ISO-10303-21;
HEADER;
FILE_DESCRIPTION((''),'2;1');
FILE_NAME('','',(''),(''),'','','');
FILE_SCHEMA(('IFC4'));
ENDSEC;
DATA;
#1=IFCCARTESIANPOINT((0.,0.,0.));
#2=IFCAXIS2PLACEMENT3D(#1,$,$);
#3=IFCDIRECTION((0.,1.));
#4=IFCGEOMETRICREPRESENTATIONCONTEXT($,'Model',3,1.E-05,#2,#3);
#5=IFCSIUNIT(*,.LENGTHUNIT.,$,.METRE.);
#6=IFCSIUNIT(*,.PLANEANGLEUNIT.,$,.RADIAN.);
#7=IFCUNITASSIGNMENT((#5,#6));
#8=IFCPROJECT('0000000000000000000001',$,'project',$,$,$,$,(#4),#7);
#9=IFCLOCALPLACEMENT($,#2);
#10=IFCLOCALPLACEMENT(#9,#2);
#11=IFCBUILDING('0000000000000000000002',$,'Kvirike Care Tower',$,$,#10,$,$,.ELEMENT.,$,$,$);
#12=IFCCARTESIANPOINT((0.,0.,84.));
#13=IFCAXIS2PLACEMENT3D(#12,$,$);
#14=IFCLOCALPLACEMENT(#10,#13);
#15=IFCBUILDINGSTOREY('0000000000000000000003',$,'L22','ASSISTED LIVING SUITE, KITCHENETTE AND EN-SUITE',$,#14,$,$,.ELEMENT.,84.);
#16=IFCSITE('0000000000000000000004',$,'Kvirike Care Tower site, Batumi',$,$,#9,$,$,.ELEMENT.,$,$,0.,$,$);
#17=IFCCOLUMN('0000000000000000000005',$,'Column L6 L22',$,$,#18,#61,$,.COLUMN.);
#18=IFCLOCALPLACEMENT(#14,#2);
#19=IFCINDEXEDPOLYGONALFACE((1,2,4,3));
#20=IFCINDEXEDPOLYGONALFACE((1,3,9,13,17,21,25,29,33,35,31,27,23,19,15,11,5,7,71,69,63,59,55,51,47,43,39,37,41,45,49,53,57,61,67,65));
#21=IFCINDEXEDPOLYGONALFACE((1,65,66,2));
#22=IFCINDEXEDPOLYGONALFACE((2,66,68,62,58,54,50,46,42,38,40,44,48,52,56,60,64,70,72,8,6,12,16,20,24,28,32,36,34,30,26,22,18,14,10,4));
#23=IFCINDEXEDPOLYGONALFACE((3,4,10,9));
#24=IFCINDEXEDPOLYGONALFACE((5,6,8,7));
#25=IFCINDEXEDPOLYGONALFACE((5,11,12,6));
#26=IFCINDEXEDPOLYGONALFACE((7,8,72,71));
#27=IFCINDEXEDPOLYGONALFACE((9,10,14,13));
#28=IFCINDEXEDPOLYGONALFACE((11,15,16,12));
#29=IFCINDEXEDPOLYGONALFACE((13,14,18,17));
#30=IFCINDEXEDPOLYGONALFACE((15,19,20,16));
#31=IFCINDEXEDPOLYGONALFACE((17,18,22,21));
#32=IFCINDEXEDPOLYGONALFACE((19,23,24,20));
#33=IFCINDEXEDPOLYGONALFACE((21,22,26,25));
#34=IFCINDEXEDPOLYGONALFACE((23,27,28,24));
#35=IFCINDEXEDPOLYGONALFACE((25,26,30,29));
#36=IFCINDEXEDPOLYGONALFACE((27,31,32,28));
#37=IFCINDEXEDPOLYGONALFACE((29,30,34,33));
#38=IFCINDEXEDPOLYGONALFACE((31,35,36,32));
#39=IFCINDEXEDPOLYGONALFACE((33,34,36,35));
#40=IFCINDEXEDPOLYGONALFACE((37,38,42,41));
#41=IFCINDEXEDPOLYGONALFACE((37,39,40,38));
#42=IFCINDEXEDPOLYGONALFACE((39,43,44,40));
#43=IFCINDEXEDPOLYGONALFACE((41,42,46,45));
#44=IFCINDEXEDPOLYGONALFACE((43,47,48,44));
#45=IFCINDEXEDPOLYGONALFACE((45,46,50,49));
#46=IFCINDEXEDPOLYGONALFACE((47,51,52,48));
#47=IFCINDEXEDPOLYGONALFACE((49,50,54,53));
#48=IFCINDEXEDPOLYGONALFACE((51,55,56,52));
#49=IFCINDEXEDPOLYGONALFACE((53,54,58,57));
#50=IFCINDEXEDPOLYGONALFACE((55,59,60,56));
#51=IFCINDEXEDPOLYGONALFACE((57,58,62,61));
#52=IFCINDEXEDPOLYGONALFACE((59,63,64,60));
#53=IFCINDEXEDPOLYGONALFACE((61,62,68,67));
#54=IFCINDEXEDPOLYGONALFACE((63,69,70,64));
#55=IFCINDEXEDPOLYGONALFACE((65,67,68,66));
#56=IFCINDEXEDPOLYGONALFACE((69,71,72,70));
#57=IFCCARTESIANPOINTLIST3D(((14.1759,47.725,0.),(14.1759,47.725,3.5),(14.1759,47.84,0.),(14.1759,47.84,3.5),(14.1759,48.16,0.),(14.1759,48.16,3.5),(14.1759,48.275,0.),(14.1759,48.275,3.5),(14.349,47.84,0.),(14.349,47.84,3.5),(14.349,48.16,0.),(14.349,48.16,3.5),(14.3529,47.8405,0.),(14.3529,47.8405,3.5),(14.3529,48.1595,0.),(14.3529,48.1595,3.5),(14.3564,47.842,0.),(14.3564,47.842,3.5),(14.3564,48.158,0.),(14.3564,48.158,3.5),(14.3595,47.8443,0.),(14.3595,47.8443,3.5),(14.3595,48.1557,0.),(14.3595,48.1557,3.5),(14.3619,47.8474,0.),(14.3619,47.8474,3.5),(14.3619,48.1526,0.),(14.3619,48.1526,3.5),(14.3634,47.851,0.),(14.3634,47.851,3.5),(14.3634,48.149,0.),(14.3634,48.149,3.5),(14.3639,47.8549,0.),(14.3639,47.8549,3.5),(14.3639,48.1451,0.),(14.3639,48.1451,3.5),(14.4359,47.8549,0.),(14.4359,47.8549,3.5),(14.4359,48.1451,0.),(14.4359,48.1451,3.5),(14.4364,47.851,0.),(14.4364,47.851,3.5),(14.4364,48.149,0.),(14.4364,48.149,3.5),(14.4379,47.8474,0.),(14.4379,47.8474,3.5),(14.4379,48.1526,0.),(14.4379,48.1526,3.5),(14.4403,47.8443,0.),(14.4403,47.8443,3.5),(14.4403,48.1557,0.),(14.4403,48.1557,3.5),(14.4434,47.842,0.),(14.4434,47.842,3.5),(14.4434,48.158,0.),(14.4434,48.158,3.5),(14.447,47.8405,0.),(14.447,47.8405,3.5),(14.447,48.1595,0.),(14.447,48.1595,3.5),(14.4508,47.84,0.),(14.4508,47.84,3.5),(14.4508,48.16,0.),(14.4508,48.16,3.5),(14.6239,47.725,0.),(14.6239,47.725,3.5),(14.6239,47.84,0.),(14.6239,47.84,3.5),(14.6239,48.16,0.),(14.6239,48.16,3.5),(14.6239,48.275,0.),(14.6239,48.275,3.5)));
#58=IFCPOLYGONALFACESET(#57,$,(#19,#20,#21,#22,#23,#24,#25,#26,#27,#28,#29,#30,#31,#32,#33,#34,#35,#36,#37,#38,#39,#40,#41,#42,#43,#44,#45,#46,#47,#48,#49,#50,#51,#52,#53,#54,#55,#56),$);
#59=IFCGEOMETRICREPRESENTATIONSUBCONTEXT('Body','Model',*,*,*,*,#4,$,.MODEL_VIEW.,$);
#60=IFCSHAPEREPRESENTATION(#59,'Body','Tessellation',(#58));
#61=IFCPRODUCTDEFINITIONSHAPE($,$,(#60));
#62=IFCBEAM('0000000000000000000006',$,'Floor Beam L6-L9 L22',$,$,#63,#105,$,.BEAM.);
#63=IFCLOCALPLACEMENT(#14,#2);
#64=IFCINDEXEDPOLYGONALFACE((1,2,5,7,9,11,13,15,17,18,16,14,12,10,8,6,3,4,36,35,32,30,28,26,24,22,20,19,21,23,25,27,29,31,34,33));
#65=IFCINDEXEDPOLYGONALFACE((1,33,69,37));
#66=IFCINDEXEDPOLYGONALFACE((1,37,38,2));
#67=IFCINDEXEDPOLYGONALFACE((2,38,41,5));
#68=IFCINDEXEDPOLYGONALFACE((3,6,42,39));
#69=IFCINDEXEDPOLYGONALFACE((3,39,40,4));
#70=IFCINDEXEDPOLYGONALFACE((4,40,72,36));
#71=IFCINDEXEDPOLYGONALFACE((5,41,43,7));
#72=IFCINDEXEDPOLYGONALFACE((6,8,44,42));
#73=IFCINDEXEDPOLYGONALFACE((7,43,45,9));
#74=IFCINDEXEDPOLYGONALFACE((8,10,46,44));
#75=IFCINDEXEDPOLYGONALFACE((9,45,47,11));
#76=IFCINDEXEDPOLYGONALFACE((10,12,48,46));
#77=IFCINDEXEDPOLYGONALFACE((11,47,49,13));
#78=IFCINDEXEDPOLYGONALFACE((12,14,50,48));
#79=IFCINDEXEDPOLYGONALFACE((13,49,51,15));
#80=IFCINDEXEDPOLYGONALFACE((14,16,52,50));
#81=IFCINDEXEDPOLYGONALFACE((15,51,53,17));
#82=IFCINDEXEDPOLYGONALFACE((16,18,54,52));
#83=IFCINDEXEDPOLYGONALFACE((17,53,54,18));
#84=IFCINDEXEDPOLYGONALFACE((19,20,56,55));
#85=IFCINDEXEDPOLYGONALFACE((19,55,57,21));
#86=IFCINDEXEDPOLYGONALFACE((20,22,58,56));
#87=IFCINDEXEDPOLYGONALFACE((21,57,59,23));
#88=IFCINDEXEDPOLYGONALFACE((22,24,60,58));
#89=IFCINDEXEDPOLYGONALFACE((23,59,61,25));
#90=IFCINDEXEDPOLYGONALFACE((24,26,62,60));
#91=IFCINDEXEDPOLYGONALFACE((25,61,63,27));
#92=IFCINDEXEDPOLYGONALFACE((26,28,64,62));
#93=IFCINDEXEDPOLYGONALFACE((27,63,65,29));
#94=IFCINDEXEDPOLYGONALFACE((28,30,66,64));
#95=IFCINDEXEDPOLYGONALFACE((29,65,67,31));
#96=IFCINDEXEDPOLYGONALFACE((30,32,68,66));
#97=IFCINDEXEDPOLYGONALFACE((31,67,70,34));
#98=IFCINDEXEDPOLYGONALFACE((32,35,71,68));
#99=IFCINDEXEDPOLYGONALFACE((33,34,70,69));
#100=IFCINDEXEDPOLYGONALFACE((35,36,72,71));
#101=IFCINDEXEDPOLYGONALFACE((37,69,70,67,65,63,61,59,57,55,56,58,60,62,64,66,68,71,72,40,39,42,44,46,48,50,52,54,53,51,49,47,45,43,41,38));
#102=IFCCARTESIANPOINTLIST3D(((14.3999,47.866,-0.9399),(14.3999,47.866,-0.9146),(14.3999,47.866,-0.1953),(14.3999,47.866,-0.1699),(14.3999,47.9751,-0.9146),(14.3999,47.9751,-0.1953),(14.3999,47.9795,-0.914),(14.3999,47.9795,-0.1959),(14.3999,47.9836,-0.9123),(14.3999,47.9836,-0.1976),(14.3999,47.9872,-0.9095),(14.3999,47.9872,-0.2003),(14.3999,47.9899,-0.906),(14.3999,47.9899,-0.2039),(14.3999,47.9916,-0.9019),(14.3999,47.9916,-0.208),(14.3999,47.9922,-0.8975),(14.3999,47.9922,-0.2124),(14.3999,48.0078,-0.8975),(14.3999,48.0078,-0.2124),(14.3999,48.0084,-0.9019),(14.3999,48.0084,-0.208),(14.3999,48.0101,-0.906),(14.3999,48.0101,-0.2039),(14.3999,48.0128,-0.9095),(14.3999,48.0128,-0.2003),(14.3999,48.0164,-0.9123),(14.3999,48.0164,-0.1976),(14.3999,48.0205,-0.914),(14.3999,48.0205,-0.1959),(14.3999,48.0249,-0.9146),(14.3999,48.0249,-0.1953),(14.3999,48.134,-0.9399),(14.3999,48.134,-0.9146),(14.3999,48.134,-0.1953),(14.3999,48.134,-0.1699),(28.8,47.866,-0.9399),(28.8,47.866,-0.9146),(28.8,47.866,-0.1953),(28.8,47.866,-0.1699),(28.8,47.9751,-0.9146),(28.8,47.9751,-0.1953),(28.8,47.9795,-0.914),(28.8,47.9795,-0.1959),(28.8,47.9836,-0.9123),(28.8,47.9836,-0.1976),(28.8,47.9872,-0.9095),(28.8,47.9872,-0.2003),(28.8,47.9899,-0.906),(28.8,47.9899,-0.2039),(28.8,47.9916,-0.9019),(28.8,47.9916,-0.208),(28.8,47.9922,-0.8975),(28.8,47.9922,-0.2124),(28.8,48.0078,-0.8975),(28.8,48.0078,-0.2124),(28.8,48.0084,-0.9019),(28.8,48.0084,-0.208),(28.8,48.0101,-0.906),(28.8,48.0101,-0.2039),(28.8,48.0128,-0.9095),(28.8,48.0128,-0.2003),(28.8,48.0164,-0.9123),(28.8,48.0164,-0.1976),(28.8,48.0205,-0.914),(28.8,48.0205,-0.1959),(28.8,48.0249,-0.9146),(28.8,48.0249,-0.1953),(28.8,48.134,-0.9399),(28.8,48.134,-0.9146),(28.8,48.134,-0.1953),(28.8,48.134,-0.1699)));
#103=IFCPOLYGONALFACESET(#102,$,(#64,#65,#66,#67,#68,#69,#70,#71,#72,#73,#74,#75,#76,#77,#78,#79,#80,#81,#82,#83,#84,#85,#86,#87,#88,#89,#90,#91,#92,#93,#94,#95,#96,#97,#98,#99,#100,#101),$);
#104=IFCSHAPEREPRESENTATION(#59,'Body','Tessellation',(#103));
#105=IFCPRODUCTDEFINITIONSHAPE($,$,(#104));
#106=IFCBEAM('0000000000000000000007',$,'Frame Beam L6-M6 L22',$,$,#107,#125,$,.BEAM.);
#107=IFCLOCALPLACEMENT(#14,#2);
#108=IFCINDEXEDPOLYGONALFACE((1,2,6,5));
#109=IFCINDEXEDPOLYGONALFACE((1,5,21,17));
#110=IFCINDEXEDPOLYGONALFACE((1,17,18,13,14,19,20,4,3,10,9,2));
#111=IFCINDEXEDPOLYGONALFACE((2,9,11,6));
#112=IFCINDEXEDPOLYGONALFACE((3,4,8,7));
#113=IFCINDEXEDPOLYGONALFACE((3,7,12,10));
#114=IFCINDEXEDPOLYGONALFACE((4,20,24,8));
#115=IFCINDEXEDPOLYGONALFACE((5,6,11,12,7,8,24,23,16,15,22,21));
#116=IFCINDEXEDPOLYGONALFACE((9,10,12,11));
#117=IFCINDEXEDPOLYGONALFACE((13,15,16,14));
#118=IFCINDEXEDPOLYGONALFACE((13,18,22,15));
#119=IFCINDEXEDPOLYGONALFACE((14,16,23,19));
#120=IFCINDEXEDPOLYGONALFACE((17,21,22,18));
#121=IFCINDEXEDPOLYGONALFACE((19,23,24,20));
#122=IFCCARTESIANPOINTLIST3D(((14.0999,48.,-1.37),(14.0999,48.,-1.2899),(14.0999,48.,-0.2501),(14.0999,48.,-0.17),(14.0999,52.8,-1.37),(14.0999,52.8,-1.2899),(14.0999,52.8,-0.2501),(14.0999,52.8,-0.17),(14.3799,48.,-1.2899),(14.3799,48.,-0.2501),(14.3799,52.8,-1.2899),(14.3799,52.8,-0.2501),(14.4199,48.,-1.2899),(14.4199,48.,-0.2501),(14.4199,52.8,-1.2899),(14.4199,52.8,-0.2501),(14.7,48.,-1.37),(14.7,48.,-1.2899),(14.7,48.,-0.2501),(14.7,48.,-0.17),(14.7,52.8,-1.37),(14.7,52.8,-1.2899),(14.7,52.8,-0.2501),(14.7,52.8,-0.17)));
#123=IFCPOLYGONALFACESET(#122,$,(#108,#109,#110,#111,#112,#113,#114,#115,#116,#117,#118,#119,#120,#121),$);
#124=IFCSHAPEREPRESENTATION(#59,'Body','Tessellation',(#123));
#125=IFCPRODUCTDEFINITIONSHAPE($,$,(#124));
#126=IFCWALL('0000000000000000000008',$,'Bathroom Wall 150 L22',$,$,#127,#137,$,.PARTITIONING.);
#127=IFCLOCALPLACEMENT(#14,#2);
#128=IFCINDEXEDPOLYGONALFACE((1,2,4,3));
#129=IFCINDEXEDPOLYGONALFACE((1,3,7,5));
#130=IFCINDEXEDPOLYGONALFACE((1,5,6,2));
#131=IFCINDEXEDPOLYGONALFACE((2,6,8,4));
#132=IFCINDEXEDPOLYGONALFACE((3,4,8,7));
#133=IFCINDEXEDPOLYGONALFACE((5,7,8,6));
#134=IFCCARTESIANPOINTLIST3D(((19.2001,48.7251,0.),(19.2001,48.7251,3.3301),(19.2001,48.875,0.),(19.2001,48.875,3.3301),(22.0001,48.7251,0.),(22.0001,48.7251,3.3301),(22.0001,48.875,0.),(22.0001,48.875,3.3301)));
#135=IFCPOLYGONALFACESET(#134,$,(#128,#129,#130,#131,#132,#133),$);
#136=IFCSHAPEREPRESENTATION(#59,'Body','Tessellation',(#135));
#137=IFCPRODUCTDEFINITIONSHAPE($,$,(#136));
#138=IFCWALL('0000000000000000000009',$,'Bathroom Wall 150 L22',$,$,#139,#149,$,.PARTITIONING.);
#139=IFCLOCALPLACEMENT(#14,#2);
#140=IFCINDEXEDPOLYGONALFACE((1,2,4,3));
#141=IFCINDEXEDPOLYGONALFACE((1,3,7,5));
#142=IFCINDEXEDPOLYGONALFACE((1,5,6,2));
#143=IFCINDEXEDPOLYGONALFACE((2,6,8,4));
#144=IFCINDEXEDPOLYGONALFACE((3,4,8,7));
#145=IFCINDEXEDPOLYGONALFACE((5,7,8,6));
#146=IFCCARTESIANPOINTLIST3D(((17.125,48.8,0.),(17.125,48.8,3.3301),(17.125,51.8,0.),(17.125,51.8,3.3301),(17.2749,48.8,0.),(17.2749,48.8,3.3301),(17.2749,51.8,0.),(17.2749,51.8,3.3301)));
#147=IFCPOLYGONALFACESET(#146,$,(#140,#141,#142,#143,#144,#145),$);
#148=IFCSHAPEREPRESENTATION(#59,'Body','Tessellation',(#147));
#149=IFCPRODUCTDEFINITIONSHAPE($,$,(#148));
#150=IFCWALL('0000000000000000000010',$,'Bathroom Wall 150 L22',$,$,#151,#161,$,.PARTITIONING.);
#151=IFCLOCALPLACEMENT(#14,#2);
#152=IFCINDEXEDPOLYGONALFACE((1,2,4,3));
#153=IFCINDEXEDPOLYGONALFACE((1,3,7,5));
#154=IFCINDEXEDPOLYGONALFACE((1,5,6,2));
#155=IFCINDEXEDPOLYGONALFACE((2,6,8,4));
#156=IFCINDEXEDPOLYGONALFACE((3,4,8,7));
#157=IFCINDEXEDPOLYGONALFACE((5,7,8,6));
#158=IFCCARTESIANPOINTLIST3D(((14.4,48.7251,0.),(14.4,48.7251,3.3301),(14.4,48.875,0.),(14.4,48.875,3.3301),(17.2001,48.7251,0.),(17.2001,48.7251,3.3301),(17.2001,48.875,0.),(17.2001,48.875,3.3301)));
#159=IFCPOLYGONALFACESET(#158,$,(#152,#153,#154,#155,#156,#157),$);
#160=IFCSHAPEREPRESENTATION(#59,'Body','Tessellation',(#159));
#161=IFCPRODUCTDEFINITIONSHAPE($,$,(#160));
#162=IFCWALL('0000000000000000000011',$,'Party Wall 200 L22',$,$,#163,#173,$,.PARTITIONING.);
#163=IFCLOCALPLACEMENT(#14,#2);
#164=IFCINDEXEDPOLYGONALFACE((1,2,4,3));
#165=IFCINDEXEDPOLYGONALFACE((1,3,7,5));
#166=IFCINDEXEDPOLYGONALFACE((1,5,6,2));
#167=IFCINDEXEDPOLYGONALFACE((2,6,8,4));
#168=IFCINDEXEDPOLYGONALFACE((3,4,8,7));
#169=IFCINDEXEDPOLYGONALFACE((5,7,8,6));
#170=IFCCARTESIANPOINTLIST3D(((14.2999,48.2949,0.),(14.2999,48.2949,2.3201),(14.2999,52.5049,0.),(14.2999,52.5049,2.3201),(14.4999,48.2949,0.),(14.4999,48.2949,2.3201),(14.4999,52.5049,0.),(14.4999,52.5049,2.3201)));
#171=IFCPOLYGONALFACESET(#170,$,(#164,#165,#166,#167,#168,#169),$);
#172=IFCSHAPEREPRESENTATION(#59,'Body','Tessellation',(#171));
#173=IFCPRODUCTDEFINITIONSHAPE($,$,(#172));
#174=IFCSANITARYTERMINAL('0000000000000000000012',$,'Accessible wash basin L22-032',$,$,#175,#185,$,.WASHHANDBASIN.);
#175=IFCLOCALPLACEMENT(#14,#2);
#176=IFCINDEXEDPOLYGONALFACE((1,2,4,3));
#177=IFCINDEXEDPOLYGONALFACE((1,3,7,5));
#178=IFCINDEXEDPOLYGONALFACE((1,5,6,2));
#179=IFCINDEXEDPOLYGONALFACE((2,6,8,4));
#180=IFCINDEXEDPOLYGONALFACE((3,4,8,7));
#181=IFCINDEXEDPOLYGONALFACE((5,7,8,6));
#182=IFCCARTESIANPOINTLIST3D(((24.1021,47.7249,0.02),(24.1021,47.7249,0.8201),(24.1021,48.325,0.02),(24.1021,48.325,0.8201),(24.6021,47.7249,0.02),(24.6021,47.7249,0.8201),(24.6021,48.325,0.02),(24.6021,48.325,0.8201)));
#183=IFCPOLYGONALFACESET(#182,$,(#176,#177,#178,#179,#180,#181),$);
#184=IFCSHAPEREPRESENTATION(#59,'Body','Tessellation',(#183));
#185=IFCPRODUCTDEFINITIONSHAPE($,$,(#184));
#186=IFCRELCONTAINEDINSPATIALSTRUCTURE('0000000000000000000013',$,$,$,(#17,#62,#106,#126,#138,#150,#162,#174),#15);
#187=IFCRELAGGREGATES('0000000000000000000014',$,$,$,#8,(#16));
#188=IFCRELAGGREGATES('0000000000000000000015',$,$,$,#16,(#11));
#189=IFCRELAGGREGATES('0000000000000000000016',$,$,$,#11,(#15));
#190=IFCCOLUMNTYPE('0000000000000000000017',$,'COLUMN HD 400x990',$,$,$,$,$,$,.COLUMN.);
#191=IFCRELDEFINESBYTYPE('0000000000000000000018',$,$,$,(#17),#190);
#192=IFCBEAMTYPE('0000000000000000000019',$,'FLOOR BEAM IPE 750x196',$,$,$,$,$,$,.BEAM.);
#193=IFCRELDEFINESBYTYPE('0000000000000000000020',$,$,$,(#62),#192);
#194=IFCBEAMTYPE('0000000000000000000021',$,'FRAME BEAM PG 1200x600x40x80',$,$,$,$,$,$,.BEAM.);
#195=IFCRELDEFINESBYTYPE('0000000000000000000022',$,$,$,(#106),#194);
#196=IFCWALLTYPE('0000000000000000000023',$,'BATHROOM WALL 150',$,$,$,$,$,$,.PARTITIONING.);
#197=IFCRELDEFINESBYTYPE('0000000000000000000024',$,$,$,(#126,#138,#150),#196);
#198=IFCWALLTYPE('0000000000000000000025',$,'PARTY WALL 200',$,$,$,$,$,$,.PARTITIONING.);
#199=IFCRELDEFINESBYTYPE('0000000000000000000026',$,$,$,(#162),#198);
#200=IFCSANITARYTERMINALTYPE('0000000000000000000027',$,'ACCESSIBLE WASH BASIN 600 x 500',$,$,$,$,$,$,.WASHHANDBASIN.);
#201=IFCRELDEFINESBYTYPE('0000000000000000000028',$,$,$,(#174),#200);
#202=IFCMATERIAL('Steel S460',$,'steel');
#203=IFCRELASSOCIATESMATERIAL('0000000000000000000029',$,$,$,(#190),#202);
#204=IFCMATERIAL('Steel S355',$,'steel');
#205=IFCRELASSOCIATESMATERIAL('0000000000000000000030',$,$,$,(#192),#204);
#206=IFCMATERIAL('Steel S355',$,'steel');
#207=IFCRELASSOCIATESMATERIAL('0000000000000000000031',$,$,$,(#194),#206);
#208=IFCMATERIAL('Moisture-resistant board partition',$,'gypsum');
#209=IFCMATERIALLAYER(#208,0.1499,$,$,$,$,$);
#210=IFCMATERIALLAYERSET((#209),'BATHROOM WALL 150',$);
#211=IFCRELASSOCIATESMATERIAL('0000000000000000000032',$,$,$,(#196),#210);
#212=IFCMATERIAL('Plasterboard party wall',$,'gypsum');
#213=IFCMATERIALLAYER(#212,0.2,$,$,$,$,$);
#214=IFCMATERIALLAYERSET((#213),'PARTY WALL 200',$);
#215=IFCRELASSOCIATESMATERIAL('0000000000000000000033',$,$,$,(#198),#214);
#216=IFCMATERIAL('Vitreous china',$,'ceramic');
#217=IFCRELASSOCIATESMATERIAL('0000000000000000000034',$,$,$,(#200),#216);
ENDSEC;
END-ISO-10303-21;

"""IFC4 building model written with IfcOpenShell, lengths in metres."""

from ifc_helpers import new_model, si_unit, direction, frame, frame_2d, origin, origin_2d, place, context, subcontext, project, spatial, rectangle, i_section, extrude, material, layer, layer_set, material_profile, profile_set, type_object, element, save


model = new_model("IFC4")

# Units and contexts
model_context = context("Model", 3, precision=1e-05, world=origin(), true_north=direction((0.0, 1.0)))
body_context = subcontext(model_context, "Body", "Model", "MODEL_VIEW")
ifc_project = project(units=[si_unit("LENGTHUNIT", "METRE"), si_unit("PLANEANGLEUNIT", "RADIAN")], contexts=[model_context])

# Site, building, storey
site_placement = place(None, origin())
site = spatial("IfcSite", under=ifc_project, at=site_placement, Name="Kvirike Care Tower site, Batumi", CompositionType="ELEMENT", RefElevation=0.0)
building_placement = place(site_placement, origin())
building = spatial("IfcBuilding", under=site, at=building_placement, Name="Kvirike Care Tower", CompositionType="ELEMENT")
storey_placement = place(building_placement, frame((0.0, 0.0, 84.0)))
storey = spatial("IfcBuildingStorey", under=building, at=storey_placement, Name="L22", Description="ASSISTED LIVING SUITE, KITCHENETTE AND EN-SUITE", CompositionType="ELEMENT", Elevation=84.0)

# Column
ifc_material_1 = material(Name="Steel S460", Category="steel")
ifc_material_profile_1 = material_profile(ifc_material_1, i_section(OverallWidth=0.448, OverallDepth=0.55, WebThickness=0.072, FlangeThickness=0.115, FilletRadius=0.0149, at=origin_2d()), Name="HD 400x990")
ifc_profile_set_1 = profile_set([ifc_material_profile_1], Name="Steel S460")
column_type = type_object("IfcColumnType", Name="COLUMN HD 400x990", PredefinedType="COLUMN", material=ifc_profile_set_1)
column_placement = place(storey_placement, frame((14.3999, 48.0, 0.0), z_axis=(0.0, 0.0, 1.0), x_axis=(1.0, 0.0, 0.0)))
element("IfcColumn", 1, at=column_placement, inside=storey, type_object=column_type, Name="Column L6 L22", PredefinedType="COLUMN", context=body_context, shape_type="SweptSolid", body=[
    extrude(i_section(OverallWidth=0.448, OverallDepth=0.55, WebThickness=0.072, FlangeThickness=0.115, FilletRadius=0.0149, at=origin_2d()), origin(), (0.0, 0.0, 1.0), 3.5),
])

# Beams
ifc_material_2 = material(Name="Steel S355", Category="steel")
ifc_material_profile_2 = material_profile(ifc_material_2, i_section(OverallWidth=0.2681, OverallDepth=0.77, WebThickness=0.0156, FlangeThickness=0.0254, FilletRadius=0.0171, at=origin_2d()), Name="IPE 750x196")
ifc_profile_set_2 = profile_set([ifc_material_profile_2], Name="Steel S355")
beam_type_1 = type_object("IfcBeamType", Name="FLOOR BEAM IPE 750x196", PredefinedType="BEAM", material=ifc_profile_set_2)
beam_1_placement = place(storey_placement, frame((14.3999, 48.0, -0.5549), z_axis=(1.0, 0.0, 0.0), x_axis=(0.0, 1.0, 0.0)))
element("IfcBeam", 2, at=beam_1_placement, inside=storey, type_object=beam_type_1, Name="Floor Beam L6-L9 L22", PredefinedType="BEAM", context=body_context, shape_type="SweptSolid", body=[
    extrude(i_section(OverallWidth=0.2681, OverallDepth=0.77, WebThickness=0.0156, FlangeThickness=0.0254, FilletRadius=0.0171, at=origin_2d()), origin(), (0.0, 0.0, 1.0), 14.4001),
])
ifc_material_3 = material(Name="Steel S355", Category="steel")
ifc_material_profile_3 = material_profile(ifc_material_3, i_section(OverallWidth=0.6001, OverallDepth=1.2, WebThickness=0.04, FlangeThickness=0.0801, at=origin_2d()), Name="PG 1200x600x40x80")
ifc_profile_set_3 = profile_set([ifc_material_profile_3], Name="Steel S355")
beam_type_2 = type_object("IfcBeamType", Name="FRAME BEAM PG 1200x600x40x80", PredefinedType="BEAM", material=ifc_profile_set_3)
beam_2_placement = place(storey_placement, frame((14.3999, 48.0, -0.77), z_axis=(0.0, 1.0, 0.0), x_axis=(-1.0, 0.0, 0.0)))
element("IfcBeam", 3, at=beam_2_placement, inside=storey, type_object=beam_type_2, Name="Frame Beam L6-M6 L22", PredefinedType="BEAM", context=body_context, shape_type="SweptSolid", body=[
    extrude(i_section(OverallWidth=0.6001, OverallDepth=1.2, WebThickness=0.04, FlangeThickness=0.0801, at=origin_2d()), origin(), (0.0, 0.0, 1.0), 4.8),
])

# Walls
ifc_material_4 = material(Name="Moisture-resistant board partition", Category="gypsum")
ifc_layer_1 = layer(ifc_material_4, 0.1499)
ifc_layer_set_1 = layer_set([ifc_layer_1], Name="BATHROOM WALL 150")
wall_type_1 = type_object("IfcWallType", Name="BATHROOM WALL 150", PredefinedType="PARTITIONING", material=ifc_layer_set_1)
wall_1_placement = place(storey_placement, frame((22.0, 48.8, 0.0), z_axis=(0.0, 0.0, 1.0), x_axis=(-1.0, 0.0, 0.0)))
element("IfcWall", 4, at=wall_1_placement, inside=storey, type_object=wall_type_1, Name="Bathroom Wall 150 L22", PredefinedType="PARTITIONING", context=body_context, shape_type="SweptSolid", body=[
    extrude(rectangle(XDim=2.8, YDim=0.1499, at=frame_2d((1.3999, 0.0))), origin(), (0.0, 0.0, 1.0), 3.3301),
])
wall_2_placement = place(storey_placement, frame((17.2, 51.8, 0.0), z_axis=(0.0, 0.0, 1.0), x_axis=(0.0, -1.0, 0.0)))
element("IfcWall", 5, at=wall_2_placement, inside=storey, type_object=wall_type_1, Name="Bathroom Wall 150 L22", PredefinedType="PARTITIONING", context=body_context, shape_type="SweptSolid", body=[
    extrude(rectangle(XDim=3.0, YDim=0.1499, at=frame_2d((1.5, 0.0))), origin(), (0.0, 0.0, 1.0), 3.3301),
])
wall_3_placement = place(storey_placement, frame((17.2, 48.8, 0.0), z_axis=(0.0, 0.0, 1.0), x_axis=(-1.0, 0.0, 0.0)))
element("IfcWall", 6, at=wall_3_placement, inside=storey, type_object=wall_type_1, Name="Bathroom Wall 150 L22", PredefinedType="PARTITIONING", context=body_context, shape_type="SweptSolid", body=[
    extrude(rectangle(XDim=2.8, YDim=0.1499, at=frame_2d((1.3999, 0.0))), origin(), (0.0, 0.0, 1.0), 3.3301),
])
ifc_material_5 = material(Name="Plasterboard party wall", Category="gypsum")
ifc_layer_2 = layer(ifc_material_5, 0.2)
ifc_layer_set_2 = layer_set([ifc_layer_2], Name="PARTY WALL 200")
wall_type_2 = type_object("IfcWallType", Name="PARTY WALL 200", PredefinedType="PARTITIONING", material=ifc_layer_set_2)
wall_4_placement = place(storey_placement, frame((14.3999, 48.2949, 0.0), z_axis=(0.0, 0.0, 1.0), x_axis=(0.0, 1.0, 0.0)))
element("IfcWall", 7, at=wall_4_placement, inside=storey, type_object=wall_type_2, Name="Party Wall 200 L22", PredefinedType="PARTITIONING", context=body_context, shape_type="SweptSolid", body=[
    extrude(rectangle(XDim=4.21, YDim=0.2, at=frame_2d((2.105, 0.0))), origin(), (0.0, 0.0, 1.0), 2.3201),
])

# Sanitary terminal
ifc_material_6 = material(Name="Vitreous china", Category="ceramic")
sanitary_terminal_type_1 = type_object("IfcSanitaryTerminalType", Name="ACCESSIBLE WASH BASIN 600 x 500", PredefinedType="WASHHANDBASIN", material=ifc_material_6)
sanitary_terminal_placement = place(storey_placement, frame((24.3521, 48.0249, 0.02), z_axis=(0.0, 0.0, 1.0), x_axis=(0.0, 1.0, 0.0)))
element("IfcSanitaryTerminal", 8, at=sanitary_terminal_placement, inside=storey, type_object=sanitary_terminal_type_1, Name="Accessible wash basin L22-032", PredefinedType="WASHHANDBASIN", context=body_context, shape_type="SweptSolid", body=[
    extrude(rectangle(XDim=0.6001, YDim=0.5, at=origin_2d()), origin(), (0.0, 0.0, 1.0), 0.8),
])

save(model, "model.ifc")
